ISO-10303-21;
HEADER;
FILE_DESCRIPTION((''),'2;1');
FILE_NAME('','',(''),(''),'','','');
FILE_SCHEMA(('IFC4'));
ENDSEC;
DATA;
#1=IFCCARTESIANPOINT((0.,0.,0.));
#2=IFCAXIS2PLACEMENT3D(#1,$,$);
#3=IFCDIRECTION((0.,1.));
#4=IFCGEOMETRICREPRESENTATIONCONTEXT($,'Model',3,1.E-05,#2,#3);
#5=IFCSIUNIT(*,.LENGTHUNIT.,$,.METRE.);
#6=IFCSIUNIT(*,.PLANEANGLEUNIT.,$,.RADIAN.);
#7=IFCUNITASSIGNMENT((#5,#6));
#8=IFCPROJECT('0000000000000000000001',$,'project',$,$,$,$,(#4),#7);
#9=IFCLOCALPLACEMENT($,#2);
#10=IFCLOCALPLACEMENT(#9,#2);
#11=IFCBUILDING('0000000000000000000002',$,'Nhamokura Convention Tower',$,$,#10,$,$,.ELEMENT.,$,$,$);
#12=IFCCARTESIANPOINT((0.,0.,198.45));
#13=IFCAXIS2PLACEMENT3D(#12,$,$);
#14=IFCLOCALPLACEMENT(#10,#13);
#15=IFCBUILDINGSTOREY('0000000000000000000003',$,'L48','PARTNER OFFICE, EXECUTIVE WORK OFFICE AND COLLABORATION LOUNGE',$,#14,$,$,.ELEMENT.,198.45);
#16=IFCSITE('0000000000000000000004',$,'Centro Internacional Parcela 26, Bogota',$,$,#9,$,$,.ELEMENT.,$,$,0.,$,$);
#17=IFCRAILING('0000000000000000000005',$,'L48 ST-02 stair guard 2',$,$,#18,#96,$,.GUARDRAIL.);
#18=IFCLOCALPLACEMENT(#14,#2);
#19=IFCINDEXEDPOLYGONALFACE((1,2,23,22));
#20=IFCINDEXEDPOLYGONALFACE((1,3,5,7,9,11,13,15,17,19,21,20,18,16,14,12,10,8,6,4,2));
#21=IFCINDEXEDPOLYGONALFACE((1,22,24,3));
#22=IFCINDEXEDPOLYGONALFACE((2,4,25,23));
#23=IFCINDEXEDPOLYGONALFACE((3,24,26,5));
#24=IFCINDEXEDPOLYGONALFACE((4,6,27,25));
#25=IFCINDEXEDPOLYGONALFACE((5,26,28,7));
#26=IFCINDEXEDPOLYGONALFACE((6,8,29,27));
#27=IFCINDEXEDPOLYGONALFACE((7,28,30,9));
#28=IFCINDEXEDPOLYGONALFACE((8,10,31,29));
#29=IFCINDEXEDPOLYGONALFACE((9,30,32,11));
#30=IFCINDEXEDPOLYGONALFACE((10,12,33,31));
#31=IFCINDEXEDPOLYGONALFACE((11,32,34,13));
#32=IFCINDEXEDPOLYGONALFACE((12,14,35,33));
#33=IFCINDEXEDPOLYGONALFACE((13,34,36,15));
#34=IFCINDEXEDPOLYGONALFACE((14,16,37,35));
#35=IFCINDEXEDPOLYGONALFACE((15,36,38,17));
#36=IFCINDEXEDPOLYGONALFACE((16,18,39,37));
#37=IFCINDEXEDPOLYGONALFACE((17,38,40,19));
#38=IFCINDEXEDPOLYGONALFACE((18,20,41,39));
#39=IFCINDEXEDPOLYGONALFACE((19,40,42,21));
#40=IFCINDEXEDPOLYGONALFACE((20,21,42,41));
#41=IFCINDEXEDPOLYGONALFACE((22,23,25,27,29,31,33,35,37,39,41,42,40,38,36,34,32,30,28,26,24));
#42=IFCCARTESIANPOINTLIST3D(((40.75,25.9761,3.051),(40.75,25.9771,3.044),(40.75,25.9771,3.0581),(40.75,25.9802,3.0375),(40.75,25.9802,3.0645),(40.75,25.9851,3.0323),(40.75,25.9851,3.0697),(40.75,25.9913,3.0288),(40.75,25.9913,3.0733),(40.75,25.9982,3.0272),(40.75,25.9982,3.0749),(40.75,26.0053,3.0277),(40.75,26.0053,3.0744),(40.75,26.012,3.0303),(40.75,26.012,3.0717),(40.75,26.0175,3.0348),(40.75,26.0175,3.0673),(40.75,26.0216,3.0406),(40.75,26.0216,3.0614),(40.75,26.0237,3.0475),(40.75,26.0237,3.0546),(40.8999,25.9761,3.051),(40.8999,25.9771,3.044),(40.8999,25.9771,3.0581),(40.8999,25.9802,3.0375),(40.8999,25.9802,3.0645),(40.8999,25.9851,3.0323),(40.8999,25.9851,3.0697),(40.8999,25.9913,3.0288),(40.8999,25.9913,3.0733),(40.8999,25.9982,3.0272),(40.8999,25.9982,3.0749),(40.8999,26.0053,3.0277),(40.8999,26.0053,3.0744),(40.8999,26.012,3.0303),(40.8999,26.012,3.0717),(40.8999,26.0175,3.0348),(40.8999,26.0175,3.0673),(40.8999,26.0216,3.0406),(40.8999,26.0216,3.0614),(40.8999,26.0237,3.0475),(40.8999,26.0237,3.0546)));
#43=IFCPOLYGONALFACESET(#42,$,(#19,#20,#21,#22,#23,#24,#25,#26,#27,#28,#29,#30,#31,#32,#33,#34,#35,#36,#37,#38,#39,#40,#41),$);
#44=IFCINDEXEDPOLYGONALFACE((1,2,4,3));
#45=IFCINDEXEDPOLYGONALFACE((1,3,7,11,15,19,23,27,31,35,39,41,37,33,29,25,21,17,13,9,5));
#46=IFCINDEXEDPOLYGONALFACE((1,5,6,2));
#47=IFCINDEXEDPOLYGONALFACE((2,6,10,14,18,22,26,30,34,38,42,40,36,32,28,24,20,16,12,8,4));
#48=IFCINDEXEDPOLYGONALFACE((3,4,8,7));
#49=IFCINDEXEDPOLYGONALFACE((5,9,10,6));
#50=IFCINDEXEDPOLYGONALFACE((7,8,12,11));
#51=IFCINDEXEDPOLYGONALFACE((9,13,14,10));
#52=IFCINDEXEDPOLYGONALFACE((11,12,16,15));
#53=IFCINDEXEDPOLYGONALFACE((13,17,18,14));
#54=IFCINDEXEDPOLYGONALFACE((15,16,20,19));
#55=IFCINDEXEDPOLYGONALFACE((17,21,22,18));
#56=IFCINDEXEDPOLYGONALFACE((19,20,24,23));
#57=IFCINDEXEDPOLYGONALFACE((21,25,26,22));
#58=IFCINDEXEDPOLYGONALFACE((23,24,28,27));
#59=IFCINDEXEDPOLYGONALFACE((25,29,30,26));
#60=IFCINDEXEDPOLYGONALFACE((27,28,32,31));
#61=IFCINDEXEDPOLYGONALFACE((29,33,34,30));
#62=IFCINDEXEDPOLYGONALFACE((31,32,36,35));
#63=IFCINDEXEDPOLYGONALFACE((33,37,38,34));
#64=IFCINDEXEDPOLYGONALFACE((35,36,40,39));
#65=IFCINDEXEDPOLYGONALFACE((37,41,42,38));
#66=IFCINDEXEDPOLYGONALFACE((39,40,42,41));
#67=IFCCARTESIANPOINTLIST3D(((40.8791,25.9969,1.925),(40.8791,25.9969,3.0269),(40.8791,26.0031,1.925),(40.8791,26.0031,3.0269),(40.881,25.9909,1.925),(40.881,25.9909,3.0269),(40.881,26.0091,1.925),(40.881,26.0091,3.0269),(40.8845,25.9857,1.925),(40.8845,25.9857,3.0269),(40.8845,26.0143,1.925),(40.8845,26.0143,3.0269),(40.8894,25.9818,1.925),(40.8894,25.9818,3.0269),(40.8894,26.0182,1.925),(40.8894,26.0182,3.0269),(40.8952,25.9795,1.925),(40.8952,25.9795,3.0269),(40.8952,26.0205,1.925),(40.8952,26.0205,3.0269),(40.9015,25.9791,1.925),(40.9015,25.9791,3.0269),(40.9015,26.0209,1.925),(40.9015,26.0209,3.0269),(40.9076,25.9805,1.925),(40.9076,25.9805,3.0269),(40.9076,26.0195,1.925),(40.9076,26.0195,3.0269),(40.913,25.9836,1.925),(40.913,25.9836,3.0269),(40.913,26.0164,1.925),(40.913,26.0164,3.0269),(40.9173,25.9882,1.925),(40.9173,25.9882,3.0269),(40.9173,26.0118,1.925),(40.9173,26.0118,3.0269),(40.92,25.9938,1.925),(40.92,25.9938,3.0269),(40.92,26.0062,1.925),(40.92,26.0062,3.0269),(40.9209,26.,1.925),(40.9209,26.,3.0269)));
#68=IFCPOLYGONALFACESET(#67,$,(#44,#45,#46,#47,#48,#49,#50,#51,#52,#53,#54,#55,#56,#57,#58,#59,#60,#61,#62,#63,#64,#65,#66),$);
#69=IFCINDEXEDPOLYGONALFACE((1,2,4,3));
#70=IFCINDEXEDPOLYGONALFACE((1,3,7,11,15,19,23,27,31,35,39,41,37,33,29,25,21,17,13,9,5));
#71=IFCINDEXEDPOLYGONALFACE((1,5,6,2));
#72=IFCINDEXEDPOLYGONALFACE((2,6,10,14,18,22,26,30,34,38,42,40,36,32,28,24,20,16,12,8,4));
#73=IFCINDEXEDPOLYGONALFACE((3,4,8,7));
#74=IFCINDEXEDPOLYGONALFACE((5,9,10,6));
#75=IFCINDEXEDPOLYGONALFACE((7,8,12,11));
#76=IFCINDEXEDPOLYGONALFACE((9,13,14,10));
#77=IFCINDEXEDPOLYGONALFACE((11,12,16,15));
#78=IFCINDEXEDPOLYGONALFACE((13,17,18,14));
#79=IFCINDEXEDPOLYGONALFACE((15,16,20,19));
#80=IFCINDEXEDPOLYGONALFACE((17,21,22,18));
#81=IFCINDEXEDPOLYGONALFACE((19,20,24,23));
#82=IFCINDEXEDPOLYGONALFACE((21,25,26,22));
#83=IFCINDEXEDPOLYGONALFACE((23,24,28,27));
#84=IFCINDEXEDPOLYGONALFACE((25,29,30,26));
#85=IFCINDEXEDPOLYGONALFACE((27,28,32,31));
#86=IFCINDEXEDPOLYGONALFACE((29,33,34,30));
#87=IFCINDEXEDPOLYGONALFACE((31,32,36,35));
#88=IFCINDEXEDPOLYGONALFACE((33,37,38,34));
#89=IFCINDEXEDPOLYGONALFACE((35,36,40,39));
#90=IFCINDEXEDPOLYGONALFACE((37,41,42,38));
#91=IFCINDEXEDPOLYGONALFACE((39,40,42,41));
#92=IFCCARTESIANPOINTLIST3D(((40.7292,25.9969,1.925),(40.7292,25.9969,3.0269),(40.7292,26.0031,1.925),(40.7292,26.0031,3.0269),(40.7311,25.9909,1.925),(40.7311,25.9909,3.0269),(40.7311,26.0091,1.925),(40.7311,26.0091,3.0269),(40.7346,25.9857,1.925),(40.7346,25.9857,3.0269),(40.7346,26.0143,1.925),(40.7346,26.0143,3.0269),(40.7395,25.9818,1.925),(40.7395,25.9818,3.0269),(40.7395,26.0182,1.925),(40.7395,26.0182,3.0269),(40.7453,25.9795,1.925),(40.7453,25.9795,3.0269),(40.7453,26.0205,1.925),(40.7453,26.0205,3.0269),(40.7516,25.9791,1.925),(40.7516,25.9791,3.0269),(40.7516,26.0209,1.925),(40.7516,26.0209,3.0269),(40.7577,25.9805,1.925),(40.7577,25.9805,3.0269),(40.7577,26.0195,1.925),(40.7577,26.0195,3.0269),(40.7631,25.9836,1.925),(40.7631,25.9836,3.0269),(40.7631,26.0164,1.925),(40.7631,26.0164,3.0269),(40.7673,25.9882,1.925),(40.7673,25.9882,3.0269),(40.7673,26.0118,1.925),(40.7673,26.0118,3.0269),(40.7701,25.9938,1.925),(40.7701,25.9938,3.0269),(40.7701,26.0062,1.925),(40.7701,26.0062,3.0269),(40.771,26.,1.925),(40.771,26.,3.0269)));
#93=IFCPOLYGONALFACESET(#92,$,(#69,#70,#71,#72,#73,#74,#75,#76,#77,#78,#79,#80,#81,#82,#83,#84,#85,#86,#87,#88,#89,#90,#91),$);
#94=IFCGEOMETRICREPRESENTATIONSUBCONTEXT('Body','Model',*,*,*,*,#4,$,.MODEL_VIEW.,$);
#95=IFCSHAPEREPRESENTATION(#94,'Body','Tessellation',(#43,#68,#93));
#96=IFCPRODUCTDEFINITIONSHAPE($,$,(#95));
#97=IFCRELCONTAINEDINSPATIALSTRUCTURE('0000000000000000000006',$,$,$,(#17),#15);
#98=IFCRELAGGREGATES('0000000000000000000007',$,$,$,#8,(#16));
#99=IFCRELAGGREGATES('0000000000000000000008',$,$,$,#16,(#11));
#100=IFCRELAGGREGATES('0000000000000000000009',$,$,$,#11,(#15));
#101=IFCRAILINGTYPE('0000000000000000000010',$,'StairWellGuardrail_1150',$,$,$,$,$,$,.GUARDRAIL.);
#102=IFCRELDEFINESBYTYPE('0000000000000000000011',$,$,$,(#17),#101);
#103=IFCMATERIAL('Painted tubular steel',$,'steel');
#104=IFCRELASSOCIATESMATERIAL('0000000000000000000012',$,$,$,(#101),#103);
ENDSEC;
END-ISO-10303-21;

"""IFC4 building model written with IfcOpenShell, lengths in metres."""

from ifc_helpers import new_model, si_unit, direction, frame, origin, origin_2d, place, context, subcontext, project, spatial, circle, extrude, material, type_object, element, save


model = new_model("IFC4")

# Units and contexts
model_context = context("Model", 3, precision=1e-05, world=origin(), true_north=direction((0.0, 1.0)))
body_context = subcontext(model_context, "Body", "Model", "MODEL_VIEW")
ifc_project = project(units=[si_unit("LENGTHUNIT", "METRE"), si_unit("PLANEANGLEUNIT", "RADIAN")], contexts=[model_context])

# Site, building, storey
site_placement = place(None, origin())
site = spatial("IfcSite", under=ifc_project, at=site_placement, Name="Centro Internacional Parcela 26, Bogota", CompositionType="ELEMENT", RefElevation=0.0)
building_placement = place(site_placement, origin())
building = spatial("IfcBuilding", under=site, at=building_placement, Name="Nhamokura Convention Tower", CompositionType="ELEMENT")
storey_placement = place(building_placement, frame((0.0, 0.0, 198.45)))
storey = spatial("IfcBuildingStorey", under=building, at=storey_placement, Name="L48", Description="PARTNER OFFICE, EXECUTIVE WORK OFFICE AND COLLABORATION LOUNGE", CompositionType="ELEMENT", Elevation=198.45)

# Railing
ifc_material_1 = material(Name="Painted tubular steel", Category="steel")
railing_type_1 = type_object("IfcRailingType", Name="StairWellGuardrail_1150", PredefinedType="GUARDRAIL", material=ifc_material_1)
railing_1_placement = place(storey_placement, frame((40.8999, 26.0, 1.925)))
element("IfcRailing", 1, at=railing_1_placement, inside=storey, type_object=railing_type_1, Name="L48 ST-02 stair guard 2", PredefinedType="GUARDRAIL", context=body_context, shape_type="SweptSolid", body=[
    extrude(circle(Radius=0.0239, at=origin_2d()), frame((0.0, 0.0, 1.126), z_axis=(-1.0, 0.0, 0.0), x_axis=(0.0, -1.0, 0.0)), (0.0, 0.0, 1.0), 0.1499),
    extrude(circle(Radius=0.021, at=origin_2d()), origin(), (0.0, 0.0, 1.0), 1.1018),
    extrude(circle(Radius=0.021, at=origin_2d()), frame((-0.1499, 0.0, 0.0)), (0.0, 0.0, 1.0), 1.1018),
])

save(model, "model.ifc")
